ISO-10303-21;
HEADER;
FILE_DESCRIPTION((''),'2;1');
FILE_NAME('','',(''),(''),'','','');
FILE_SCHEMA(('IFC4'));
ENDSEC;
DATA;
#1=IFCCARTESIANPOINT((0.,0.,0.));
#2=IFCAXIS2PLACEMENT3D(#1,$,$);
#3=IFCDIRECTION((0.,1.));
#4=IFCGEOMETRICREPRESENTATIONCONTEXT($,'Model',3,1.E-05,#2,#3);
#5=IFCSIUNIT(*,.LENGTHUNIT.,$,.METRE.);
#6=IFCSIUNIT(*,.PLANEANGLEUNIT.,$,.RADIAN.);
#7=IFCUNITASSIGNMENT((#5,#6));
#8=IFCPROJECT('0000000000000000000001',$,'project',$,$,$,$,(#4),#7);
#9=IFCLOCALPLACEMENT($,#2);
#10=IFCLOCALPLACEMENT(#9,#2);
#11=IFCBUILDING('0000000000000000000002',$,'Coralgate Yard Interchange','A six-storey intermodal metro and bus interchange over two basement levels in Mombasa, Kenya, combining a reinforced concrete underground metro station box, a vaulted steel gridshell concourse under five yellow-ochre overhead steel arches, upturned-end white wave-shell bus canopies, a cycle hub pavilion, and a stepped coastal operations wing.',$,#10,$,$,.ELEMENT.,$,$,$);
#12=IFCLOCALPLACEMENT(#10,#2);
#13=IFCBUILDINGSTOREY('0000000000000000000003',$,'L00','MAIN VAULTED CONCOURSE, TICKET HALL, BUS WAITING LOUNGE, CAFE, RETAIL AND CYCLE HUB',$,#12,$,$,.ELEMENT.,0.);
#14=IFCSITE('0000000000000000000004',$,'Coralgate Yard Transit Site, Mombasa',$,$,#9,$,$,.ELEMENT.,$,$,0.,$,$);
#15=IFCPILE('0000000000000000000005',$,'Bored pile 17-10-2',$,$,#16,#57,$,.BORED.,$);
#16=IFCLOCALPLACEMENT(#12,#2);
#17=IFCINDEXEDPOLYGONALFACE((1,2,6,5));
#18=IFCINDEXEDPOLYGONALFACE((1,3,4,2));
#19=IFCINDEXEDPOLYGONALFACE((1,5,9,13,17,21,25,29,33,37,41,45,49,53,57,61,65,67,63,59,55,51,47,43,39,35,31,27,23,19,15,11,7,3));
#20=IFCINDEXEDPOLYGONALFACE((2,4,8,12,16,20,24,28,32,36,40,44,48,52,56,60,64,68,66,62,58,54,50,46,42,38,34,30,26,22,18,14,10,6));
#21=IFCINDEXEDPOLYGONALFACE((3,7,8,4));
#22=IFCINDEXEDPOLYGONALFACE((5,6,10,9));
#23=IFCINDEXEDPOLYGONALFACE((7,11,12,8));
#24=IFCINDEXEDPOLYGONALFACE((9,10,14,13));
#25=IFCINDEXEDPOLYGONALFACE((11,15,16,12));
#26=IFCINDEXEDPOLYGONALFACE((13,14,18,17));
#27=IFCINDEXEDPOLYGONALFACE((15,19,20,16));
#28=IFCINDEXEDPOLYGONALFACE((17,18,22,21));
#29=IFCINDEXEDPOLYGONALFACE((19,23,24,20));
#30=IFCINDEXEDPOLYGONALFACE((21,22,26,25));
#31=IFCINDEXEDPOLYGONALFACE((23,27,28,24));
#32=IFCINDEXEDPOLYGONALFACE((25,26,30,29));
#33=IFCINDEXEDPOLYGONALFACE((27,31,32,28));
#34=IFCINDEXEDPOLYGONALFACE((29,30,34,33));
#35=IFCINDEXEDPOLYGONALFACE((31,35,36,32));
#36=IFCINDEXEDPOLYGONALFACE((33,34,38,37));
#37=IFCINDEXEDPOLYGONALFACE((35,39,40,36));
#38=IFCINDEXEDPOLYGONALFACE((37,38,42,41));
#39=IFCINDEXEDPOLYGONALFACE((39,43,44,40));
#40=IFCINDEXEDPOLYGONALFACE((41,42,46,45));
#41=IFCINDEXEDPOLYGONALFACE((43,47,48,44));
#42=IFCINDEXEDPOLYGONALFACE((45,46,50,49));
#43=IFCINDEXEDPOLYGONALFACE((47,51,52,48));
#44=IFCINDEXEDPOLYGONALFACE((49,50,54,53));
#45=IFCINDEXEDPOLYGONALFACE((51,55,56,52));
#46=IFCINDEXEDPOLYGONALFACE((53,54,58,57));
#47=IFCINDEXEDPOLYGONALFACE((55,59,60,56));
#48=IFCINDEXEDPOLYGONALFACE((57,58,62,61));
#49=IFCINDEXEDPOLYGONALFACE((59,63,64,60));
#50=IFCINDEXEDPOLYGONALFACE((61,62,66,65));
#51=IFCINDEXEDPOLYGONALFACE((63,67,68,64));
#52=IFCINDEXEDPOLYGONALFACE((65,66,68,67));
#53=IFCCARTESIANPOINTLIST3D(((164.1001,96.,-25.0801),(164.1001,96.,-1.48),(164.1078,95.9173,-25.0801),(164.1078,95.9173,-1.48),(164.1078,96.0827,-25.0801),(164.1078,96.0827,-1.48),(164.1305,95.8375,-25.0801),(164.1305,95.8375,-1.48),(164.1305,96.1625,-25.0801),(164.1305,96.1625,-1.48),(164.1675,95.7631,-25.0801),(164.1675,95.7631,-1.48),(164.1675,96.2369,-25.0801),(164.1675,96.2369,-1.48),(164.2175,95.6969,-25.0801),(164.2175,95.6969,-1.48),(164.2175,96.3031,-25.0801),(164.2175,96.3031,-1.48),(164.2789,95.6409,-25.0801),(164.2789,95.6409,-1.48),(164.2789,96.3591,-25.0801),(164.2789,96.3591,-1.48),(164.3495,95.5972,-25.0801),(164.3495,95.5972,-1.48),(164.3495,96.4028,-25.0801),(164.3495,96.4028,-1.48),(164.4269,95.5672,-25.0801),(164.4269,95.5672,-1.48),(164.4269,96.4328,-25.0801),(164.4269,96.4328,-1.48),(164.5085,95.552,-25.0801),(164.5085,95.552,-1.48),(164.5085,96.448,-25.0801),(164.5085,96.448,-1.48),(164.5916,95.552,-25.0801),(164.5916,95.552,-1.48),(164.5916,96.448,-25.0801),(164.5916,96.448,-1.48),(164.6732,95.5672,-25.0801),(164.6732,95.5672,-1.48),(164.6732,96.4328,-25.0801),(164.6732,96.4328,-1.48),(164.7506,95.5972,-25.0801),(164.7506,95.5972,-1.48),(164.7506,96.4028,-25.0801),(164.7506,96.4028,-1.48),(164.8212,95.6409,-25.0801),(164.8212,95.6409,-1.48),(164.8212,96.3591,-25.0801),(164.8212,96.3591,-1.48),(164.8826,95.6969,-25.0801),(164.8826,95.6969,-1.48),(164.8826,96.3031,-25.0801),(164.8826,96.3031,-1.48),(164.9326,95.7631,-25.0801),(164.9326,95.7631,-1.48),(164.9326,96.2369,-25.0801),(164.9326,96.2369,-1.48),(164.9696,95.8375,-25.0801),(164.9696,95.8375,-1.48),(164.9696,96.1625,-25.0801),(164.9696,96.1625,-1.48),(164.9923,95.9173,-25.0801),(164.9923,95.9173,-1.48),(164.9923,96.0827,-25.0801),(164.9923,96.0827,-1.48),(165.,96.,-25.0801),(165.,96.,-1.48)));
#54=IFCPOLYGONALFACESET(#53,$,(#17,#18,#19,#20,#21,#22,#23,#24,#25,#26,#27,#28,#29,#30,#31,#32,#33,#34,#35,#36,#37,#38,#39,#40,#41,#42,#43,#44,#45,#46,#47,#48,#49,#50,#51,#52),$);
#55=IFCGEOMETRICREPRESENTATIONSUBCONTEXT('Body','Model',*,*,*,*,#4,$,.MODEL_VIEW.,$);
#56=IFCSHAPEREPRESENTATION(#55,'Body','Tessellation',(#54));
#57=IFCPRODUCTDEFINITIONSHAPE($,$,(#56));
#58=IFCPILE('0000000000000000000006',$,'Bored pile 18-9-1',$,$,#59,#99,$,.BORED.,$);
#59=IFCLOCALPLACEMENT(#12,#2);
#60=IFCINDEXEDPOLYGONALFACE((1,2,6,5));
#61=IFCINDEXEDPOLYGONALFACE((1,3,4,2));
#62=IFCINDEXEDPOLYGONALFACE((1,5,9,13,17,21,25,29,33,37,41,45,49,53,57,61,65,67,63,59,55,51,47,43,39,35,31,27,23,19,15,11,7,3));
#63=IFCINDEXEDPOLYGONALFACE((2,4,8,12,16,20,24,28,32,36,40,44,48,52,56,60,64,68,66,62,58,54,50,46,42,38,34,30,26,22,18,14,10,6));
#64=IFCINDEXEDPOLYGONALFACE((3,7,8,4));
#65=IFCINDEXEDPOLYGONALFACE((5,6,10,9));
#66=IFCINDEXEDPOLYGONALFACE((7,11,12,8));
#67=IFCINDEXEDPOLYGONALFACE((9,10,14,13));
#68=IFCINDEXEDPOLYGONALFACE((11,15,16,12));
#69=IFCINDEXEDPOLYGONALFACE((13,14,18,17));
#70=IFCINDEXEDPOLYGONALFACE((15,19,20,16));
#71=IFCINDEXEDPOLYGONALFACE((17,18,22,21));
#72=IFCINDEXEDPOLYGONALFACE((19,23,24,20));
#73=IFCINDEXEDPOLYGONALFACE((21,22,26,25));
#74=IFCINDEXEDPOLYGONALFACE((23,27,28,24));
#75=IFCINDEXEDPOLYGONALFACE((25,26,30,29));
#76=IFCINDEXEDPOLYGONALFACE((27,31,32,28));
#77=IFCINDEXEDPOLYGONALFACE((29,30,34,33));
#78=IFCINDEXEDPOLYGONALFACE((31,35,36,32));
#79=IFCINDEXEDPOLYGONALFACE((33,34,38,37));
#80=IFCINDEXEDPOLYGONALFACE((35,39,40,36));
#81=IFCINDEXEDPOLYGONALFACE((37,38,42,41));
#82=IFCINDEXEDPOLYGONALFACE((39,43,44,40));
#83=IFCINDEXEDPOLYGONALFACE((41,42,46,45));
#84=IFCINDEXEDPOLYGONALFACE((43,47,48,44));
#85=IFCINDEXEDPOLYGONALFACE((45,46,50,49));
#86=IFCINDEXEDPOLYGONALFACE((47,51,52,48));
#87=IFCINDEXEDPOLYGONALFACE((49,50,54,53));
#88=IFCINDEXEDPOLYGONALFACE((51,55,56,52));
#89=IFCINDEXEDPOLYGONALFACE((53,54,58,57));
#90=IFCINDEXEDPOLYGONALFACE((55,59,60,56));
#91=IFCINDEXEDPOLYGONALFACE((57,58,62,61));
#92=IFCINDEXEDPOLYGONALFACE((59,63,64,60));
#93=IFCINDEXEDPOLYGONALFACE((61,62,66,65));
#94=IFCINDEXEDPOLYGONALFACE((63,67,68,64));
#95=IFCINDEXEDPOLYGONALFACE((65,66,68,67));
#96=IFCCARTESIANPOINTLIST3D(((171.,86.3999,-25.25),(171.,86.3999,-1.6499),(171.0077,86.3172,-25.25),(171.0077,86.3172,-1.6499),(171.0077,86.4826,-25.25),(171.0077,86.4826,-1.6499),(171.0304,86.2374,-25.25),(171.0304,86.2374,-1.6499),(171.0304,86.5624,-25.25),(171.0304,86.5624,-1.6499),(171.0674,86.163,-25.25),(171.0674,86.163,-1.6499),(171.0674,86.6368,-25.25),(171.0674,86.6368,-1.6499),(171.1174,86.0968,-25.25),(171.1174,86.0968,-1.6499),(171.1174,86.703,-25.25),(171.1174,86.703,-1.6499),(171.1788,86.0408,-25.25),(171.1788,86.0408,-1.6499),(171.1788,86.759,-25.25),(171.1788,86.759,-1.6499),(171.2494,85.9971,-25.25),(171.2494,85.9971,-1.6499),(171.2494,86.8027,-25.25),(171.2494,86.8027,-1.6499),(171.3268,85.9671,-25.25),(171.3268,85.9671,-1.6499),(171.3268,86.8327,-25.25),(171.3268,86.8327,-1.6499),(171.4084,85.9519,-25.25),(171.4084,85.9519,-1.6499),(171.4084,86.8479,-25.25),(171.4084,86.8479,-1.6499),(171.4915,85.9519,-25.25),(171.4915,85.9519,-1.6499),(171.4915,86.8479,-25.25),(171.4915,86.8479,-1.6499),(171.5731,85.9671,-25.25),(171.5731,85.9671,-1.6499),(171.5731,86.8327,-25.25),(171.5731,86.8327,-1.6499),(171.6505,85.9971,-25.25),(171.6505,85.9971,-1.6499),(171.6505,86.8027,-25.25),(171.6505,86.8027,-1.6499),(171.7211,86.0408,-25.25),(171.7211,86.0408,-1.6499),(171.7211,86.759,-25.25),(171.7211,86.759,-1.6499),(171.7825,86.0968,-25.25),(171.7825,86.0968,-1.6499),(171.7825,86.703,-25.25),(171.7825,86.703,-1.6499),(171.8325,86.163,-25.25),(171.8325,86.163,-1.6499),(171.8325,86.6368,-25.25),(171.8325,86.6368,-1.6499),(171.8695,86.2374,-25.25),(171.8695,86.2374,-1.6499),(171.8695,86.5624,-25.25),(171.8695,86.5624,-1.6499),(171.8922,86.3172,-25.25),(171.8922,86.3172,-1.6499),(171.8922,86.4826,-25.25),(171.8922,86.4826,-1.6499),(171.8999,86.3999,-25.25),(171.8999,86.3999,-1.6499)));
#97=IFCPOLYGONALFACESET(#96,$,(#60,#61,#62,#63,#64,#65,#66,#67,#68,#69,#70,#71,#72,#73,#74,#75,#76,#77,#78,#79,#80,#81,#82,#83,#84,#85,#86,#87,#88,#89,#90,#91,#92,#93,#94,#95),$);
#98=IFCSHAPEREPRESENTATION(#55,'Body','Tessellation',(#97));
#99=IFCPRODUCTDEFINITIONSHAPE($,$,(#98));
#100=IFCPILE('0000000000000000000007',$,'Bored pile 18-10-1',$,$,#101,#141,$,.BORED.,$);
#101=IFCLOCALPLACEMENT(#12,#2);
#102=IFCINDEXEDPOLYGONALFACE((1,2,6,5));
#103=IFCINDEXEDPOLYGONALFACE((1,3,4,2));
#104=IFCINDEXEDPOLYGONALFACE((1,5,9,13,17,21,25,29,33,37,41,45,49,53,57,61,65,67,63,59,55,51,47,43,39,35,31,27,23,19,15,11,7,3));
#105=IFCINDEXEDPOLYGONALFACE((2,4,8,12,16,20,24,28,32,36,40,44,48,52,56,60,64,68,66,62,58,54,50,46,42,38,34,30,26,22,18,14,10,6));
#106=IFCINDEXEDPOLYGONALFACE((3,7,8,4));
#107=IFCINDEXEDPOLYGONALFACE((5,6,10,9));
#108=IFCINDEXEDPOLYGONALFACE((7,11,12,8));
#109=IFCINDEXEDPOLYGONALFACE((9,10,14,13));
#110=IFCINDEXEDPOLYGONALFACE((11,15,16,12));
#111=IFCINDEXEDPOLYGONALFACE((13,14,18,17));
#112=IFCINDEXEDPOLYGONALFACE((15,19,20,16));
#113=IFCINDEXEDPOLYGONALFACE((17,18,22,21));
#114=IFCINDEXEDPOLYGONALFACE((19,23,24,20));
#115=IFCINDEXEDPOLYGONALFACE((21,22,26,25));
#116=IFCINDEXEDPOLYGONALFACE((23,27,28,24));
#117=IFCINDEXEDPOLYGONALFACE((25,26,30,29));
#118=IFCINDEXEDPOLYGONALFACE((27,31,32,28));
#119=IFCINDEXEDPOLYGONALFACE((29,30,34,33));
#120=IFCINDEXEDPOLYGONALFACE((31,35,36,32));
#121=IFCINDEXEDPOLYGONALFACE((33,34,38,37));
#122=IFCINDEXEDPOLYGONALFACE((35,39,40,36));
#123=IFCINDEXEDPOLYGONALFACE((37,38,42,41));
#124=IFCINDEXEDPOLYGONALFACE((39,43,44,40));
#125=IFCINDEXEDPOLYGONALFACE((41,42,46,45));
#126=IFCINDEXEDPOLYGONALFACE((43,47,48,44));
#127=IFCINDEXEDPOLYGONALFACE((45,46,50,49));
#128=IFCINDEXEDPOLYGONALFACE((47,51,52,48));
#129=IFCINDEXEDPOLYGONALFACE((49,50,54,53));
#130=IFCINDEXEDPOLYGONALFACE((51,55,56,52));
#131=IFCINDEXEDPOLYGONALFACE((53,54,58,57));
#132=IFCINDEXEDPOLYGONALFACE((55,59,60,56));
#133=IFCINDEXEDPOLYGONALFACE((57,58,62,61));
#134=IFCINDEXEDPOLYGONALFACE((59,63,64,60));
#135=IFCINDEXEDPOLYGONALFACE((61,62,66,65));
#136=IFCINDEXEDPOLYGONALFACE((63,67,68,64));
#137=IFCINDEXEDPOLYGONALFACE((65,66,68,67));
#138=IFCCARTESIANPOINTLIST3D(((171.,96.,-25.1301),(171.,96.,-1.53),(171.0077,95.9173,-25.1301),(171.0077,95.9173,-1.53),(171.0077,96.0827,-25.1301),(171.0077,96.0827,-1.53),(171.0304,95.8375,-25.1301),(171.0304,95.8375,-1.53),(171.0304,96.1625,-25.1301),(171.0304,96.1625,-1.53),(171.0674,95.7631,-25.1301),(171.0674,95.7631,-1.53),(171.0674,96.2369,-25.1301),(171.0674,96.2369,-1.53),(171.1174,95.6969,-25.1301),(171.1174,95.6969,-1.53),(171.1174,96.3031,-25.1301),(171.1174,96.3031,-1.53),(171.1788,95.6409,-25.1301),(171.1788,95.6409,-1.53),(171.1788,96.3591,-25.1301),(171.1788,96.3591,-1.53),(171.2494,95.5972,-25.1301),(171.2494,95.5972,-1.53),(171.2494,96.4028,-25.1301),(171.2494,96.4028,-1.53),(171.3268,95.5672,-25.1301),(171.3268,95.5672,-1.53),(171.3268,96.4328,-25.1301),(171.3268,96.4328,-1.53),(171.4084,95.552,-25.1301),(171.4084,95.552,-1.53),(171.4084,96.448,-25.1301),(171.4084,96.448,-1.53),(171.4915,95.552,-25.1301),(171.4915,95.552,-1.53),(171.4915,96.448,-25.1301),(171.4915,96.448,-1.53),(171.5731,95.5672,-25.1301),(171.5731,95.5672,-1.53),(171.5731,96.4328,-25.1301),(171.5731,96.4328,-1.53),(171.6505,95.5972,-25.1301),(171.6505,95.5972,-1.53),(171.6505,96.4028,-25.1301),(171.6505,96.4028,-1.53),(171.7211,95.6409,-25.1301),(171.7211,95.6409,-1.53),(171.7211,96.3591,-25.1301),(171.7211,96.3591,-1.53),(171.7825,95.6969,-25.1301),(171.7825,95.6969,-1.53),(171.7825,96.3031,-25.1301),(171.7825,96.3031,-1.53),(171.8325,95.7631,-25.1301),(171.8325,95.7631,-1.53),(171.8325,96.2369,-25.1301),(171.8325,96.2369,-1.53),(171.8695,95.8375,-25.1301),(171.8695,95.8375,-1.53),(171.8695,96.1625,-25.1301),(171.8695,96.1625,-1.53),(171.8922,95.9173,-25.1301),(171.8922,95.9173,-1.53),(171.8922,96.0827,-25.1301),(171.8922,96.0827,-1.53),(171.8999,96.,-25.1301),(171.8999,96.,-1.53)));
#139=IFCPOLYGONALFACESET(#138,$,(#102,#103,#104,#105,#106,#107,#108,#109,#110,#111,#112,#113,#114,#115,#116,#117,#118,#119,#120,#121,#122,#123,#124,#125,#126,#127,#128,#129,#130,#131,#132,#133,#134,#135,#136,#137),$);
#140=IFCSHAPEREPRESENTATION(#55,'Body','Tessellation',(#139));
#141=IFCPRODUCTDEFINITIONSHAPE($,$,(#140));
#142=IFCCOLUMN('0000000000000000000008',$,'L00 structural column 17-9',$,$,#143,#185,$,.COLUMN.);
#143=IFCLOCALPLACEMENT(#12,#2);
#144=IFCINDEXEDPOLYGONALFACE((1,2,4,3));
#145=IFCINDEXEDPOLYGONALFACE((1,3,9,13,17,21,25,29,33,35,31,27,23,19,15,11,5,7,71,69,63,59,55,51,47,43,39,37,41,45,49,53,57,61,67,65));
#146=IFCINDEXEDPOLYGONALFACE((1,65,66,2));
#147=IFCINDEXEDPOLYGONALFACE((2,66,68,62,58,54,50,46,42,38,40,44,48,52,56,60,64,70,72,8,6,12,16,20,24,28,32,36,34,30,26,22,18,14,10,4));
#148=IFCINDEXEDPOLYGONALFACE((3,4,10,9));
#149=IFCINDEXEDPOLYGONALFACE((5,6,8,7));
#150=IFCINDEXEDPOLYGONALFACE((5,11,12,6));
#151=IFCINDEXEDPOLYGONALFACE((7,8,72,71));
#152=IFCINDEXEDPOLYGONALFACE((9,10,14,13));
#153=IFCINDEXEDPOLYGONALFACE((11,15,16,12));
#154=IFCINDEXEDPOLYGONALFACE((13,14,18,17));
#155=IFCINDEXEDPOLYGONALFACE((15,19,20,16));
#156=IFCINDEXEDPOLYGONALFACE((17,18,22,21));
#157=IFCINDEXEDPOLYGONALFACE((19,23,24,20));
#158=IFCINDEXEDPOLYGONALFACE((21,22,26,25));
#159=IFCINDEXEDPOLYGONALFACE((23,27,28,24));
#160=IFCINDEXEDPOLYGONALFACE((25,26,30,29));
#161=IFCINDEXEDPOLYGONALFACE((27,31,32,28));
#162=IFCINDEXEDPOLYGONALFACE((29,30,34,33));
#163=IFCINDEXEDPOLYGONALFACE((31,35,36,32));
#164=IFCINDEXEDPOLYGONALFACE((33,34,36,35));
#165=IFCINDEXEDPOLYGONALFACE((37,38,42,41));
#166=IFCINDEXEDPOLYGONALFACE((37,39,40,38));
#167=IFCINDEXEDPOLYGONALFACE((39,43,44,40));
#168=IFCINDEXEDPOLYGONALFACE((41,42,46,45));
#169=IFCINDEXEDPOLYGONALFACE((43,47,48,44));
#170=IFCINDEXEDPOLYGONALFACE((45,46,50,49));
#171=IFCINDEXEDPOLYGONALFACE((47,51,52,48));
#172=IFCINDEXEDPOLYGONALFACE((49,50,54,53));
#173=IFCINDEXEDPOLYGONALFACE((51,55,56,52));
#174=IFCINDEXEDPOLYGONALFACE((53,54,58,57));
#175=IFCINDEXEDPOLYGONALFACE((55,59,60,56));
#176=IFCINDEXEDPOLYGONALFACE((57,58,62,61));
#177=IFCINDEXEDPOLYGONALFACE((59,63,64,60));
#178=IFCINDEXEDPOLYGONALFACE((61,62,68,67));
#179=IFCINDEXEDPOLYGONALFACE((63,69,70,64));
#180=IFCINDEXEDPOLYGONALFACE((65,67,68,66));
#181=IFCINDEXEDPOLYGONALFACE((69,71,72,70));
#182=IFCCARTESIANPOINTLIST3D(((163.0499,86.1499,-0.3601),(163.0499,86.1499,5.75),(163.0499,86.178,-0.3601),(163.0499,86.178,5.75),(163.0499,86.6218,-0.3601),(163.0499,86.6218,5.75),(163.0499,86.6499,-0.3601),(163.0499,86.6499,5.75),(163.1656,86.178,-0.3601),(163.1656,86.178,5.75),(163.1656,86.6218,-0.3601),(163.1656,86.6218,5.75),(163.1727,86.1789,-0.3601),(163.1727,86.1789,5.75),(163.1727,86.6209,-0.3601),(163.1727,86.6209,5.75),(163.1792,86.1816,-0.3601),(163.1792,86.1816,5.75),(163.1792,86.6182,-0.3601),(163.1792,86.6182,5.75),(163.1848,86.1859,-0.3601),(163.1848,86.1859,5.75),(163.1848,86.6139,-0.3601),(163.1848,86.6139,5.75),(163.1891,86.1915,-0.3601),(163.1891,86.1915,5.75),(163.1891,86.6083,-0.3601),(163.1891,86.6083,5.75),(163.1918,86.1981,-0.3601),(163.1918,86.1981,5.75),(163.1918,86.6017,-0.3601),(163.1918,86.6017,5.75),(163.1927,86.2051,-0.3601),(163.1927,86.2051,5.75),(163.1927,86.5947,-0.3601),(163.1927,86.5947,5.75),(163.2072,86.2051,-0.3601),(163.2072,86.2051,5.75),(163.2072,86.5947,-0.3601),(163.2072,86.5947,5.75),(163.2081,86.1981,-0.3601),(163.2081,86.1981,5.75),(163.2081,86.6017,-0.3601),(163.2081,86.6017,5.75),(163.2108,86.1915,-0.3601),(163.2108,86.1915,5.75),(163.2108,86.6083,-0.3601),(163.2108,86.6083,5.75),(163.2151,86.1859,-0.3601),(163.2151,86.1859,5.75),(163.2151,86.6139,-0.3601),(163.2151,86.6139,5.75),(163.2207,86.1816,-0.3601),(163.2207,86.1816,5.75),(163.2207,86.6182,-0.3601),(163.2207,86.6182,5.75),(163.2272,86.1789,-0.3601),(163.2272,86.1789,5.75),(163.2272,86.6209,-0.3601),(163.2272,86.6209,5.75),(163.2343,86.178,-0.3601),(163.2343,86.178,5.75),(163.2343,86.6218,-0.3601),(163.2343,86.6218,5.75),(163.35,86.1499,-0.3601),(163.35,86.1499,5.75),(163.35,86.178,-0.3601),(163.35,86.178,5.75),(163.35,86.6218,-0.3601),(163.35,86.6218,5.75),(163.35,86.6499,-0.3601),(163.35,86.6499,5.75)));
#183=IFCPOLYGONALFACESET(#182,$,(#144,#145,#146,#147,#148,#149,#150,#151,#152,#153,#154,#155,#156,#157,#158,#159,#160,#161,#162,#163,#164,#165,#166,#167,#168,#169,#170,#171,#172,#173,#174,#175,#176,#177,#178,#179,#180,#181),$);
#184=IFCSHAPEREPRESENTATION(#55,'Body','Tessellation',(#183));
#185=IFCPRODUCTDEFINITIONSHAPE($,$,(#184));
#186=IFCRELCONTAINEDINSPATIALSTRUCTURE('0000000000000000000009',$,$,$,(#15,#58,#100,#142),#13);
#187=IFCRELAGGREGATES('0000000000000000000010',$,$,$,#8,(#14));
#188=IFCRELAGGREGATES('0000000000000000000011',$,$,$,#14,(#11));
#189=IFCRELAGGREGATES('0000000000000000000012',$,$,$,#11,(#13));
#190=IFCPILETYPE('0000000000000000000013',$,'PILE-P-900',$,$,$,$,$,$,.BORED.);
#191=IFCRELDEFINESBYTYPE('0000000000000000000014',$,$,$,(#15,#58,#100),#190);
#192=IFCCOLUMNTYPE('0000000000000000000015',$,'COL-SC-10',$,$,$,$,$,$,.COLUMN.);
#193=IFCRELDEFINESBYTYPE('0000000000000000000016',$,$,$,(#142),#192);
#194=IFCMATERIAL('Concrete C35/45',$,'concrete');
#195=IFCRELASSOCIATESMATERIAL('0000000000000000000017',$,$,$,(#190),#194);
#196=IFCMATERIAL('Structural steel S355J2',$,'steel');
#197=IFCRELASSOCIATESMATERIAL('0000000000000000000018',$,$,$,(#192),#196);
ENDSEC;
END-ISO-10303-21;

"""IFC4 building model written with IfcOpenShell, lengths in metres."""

from ifc_helpers import new_model, si_unit, direction, frame, origin, origin_2d, place, context, subcontext, project, spatial, circle, i_section, extrude, material, material_profile, profile_set, type_object, element, save


model = new_model("IFC4")

# Units and contexts
model_context = context("Model", 3, precision=1e-05, world=origin(), true_north=direction((0.0, 1.0)))
body_context = subcontext(model_context, "Body", "Model", "MODEL_VIEW")
ifc_project = project(units=[si_unit("LENGTHUNIT", "METRE"), si_unit("PLANEANGLEUNIT", "RADIAN")], contexts=[model_context])

# Site, building, storey
site_placement = place(None, origin())
site = spatial("IfcSite", under=ifc_project, at=site_placement, Name="Coralgate Yard Transit Site, Mombasa", CompositionType="ELEMENT", RefElevation=0.0)
building_placement = place(site_placement, origin())
building = spatial("IfcBuilding", under=site, at=building_placement, Name="Coralgate Yard Interchange", Description="A six-storey intermodal metro and bus interchange over two basement levels in Mombasa, Kenya, combining a reinforced concrete underground metro station box, a vaulted steel gridshell concourse under five yellow-ochre overhead steel arches, upturned-end white wave-shell bus canopies, a cycle hub pavilion, and a stepped coastal operations wing.", CompositionType="ELEMENT")
storey_placement = place(building_placement, origin())
storey = spatial("IfcBuildingStorey", under=building, at=storey_placement, Name="L00", Description="MAIN VAULTED CONCOURSE, TICKET HALL, BUS WAITING LOUNGE, CAFE, RETAIL AND CYCLE HUB", CompositionType="ELEMENT", Elevation=0.0)

# Piles
ifc_material_1 = material(Name="Concrete C35/45", Category="concrete")
ifc_material_profile_1 = material_profile(ifc_material_1, circle(Radius=0.45, at=origin_2d()), Name="BORED PILE D900")
ifc_profile_set_1 = profile_set([ifc_material_profile_1], Name="Concrete C35/45")
pile_type = type_object("IfcPileType", Name="PILE-P-900", PredefinedType="BORED", material=ifc_profile_set_1)
for number, where, z_axis, x_axis, name in (
    (1, (164.55, 96.0, -1.48), (0.0, 0.0, -1.0), (1.0, 0.0, 0.0), "Bored pile 17-10-2"),
    (2, (171.45, 86.3999, -1.6499), (0.0, 0.0, -1.0), (1.0, 0.0, 0.0), "Bored pile 18-9-1"),
    (3, (171.45, 96.0, -1.53), (0.0, 0.0, -1.0), (1.0, 0.0, 0.0), "Bored pile 18-10-1"),
):
    element("IfcPile", number, at=place(storey_placement, frame(where, z_axis=z_axis, x_axis=x_axis)), inside=storey, type_object=pile_type, Name=name, PredefinedType="BORED", context=body_context, shape_type="SweptSolid", body=[
        extrude(circle(Radius=0.45, at=origin_2d()), origin(), (0.0, 0.0, 1.0), 23.6001),
    ])

# Column
ifc_material_2 = material(Name="Structural steel S355J2", Category="steel")
ifc_material_profile_2 = material_profile(ifc_material_2, i_section(OverallWidth=0.3, OverallDepth=0.5, WebThickness=0.0144, FlangeThickness=0.0281, FilletRadius=0.0271, at=origin_2d()), Name="HEB 500")
ifc_profile_set_2 = profile_set([ifc_material_profile_2], Name="Structural steel S355J2")
column_type_1 = type_object("IfcColumnType", Name="COL-SC-10", PredefinedType="COLUMN", material=ifc_profile_set_2)
for number, where, z_axis, x_axis, name in (
    (4, (163.2, 86.3999, -0.3601), (0.0, 0.0, 1.0), (1.0, 0.0, 0.0), "L00 structural column 17-9"),
):
    element("IfcColumn", number, at=place(storey_placement, frame(where, z_axis=z_axis, x_axis=x_axis)), inside=storey, type_object=column_type_1, Name=name, PredefinedType="COLUMN", context=body_context, shape_type="SweptSolid", body=[
        extrude(i_section(OverallWidth=0.3, OverallDepth=0.5, WebThickness=0.0144, FlangeThickness=0.0281, FilletRadius=0.0271, at=origin_2d()), origin(), (0.0, 0.0, 1.0), 6.1101),
    ])

save(model, "model.ifc")
